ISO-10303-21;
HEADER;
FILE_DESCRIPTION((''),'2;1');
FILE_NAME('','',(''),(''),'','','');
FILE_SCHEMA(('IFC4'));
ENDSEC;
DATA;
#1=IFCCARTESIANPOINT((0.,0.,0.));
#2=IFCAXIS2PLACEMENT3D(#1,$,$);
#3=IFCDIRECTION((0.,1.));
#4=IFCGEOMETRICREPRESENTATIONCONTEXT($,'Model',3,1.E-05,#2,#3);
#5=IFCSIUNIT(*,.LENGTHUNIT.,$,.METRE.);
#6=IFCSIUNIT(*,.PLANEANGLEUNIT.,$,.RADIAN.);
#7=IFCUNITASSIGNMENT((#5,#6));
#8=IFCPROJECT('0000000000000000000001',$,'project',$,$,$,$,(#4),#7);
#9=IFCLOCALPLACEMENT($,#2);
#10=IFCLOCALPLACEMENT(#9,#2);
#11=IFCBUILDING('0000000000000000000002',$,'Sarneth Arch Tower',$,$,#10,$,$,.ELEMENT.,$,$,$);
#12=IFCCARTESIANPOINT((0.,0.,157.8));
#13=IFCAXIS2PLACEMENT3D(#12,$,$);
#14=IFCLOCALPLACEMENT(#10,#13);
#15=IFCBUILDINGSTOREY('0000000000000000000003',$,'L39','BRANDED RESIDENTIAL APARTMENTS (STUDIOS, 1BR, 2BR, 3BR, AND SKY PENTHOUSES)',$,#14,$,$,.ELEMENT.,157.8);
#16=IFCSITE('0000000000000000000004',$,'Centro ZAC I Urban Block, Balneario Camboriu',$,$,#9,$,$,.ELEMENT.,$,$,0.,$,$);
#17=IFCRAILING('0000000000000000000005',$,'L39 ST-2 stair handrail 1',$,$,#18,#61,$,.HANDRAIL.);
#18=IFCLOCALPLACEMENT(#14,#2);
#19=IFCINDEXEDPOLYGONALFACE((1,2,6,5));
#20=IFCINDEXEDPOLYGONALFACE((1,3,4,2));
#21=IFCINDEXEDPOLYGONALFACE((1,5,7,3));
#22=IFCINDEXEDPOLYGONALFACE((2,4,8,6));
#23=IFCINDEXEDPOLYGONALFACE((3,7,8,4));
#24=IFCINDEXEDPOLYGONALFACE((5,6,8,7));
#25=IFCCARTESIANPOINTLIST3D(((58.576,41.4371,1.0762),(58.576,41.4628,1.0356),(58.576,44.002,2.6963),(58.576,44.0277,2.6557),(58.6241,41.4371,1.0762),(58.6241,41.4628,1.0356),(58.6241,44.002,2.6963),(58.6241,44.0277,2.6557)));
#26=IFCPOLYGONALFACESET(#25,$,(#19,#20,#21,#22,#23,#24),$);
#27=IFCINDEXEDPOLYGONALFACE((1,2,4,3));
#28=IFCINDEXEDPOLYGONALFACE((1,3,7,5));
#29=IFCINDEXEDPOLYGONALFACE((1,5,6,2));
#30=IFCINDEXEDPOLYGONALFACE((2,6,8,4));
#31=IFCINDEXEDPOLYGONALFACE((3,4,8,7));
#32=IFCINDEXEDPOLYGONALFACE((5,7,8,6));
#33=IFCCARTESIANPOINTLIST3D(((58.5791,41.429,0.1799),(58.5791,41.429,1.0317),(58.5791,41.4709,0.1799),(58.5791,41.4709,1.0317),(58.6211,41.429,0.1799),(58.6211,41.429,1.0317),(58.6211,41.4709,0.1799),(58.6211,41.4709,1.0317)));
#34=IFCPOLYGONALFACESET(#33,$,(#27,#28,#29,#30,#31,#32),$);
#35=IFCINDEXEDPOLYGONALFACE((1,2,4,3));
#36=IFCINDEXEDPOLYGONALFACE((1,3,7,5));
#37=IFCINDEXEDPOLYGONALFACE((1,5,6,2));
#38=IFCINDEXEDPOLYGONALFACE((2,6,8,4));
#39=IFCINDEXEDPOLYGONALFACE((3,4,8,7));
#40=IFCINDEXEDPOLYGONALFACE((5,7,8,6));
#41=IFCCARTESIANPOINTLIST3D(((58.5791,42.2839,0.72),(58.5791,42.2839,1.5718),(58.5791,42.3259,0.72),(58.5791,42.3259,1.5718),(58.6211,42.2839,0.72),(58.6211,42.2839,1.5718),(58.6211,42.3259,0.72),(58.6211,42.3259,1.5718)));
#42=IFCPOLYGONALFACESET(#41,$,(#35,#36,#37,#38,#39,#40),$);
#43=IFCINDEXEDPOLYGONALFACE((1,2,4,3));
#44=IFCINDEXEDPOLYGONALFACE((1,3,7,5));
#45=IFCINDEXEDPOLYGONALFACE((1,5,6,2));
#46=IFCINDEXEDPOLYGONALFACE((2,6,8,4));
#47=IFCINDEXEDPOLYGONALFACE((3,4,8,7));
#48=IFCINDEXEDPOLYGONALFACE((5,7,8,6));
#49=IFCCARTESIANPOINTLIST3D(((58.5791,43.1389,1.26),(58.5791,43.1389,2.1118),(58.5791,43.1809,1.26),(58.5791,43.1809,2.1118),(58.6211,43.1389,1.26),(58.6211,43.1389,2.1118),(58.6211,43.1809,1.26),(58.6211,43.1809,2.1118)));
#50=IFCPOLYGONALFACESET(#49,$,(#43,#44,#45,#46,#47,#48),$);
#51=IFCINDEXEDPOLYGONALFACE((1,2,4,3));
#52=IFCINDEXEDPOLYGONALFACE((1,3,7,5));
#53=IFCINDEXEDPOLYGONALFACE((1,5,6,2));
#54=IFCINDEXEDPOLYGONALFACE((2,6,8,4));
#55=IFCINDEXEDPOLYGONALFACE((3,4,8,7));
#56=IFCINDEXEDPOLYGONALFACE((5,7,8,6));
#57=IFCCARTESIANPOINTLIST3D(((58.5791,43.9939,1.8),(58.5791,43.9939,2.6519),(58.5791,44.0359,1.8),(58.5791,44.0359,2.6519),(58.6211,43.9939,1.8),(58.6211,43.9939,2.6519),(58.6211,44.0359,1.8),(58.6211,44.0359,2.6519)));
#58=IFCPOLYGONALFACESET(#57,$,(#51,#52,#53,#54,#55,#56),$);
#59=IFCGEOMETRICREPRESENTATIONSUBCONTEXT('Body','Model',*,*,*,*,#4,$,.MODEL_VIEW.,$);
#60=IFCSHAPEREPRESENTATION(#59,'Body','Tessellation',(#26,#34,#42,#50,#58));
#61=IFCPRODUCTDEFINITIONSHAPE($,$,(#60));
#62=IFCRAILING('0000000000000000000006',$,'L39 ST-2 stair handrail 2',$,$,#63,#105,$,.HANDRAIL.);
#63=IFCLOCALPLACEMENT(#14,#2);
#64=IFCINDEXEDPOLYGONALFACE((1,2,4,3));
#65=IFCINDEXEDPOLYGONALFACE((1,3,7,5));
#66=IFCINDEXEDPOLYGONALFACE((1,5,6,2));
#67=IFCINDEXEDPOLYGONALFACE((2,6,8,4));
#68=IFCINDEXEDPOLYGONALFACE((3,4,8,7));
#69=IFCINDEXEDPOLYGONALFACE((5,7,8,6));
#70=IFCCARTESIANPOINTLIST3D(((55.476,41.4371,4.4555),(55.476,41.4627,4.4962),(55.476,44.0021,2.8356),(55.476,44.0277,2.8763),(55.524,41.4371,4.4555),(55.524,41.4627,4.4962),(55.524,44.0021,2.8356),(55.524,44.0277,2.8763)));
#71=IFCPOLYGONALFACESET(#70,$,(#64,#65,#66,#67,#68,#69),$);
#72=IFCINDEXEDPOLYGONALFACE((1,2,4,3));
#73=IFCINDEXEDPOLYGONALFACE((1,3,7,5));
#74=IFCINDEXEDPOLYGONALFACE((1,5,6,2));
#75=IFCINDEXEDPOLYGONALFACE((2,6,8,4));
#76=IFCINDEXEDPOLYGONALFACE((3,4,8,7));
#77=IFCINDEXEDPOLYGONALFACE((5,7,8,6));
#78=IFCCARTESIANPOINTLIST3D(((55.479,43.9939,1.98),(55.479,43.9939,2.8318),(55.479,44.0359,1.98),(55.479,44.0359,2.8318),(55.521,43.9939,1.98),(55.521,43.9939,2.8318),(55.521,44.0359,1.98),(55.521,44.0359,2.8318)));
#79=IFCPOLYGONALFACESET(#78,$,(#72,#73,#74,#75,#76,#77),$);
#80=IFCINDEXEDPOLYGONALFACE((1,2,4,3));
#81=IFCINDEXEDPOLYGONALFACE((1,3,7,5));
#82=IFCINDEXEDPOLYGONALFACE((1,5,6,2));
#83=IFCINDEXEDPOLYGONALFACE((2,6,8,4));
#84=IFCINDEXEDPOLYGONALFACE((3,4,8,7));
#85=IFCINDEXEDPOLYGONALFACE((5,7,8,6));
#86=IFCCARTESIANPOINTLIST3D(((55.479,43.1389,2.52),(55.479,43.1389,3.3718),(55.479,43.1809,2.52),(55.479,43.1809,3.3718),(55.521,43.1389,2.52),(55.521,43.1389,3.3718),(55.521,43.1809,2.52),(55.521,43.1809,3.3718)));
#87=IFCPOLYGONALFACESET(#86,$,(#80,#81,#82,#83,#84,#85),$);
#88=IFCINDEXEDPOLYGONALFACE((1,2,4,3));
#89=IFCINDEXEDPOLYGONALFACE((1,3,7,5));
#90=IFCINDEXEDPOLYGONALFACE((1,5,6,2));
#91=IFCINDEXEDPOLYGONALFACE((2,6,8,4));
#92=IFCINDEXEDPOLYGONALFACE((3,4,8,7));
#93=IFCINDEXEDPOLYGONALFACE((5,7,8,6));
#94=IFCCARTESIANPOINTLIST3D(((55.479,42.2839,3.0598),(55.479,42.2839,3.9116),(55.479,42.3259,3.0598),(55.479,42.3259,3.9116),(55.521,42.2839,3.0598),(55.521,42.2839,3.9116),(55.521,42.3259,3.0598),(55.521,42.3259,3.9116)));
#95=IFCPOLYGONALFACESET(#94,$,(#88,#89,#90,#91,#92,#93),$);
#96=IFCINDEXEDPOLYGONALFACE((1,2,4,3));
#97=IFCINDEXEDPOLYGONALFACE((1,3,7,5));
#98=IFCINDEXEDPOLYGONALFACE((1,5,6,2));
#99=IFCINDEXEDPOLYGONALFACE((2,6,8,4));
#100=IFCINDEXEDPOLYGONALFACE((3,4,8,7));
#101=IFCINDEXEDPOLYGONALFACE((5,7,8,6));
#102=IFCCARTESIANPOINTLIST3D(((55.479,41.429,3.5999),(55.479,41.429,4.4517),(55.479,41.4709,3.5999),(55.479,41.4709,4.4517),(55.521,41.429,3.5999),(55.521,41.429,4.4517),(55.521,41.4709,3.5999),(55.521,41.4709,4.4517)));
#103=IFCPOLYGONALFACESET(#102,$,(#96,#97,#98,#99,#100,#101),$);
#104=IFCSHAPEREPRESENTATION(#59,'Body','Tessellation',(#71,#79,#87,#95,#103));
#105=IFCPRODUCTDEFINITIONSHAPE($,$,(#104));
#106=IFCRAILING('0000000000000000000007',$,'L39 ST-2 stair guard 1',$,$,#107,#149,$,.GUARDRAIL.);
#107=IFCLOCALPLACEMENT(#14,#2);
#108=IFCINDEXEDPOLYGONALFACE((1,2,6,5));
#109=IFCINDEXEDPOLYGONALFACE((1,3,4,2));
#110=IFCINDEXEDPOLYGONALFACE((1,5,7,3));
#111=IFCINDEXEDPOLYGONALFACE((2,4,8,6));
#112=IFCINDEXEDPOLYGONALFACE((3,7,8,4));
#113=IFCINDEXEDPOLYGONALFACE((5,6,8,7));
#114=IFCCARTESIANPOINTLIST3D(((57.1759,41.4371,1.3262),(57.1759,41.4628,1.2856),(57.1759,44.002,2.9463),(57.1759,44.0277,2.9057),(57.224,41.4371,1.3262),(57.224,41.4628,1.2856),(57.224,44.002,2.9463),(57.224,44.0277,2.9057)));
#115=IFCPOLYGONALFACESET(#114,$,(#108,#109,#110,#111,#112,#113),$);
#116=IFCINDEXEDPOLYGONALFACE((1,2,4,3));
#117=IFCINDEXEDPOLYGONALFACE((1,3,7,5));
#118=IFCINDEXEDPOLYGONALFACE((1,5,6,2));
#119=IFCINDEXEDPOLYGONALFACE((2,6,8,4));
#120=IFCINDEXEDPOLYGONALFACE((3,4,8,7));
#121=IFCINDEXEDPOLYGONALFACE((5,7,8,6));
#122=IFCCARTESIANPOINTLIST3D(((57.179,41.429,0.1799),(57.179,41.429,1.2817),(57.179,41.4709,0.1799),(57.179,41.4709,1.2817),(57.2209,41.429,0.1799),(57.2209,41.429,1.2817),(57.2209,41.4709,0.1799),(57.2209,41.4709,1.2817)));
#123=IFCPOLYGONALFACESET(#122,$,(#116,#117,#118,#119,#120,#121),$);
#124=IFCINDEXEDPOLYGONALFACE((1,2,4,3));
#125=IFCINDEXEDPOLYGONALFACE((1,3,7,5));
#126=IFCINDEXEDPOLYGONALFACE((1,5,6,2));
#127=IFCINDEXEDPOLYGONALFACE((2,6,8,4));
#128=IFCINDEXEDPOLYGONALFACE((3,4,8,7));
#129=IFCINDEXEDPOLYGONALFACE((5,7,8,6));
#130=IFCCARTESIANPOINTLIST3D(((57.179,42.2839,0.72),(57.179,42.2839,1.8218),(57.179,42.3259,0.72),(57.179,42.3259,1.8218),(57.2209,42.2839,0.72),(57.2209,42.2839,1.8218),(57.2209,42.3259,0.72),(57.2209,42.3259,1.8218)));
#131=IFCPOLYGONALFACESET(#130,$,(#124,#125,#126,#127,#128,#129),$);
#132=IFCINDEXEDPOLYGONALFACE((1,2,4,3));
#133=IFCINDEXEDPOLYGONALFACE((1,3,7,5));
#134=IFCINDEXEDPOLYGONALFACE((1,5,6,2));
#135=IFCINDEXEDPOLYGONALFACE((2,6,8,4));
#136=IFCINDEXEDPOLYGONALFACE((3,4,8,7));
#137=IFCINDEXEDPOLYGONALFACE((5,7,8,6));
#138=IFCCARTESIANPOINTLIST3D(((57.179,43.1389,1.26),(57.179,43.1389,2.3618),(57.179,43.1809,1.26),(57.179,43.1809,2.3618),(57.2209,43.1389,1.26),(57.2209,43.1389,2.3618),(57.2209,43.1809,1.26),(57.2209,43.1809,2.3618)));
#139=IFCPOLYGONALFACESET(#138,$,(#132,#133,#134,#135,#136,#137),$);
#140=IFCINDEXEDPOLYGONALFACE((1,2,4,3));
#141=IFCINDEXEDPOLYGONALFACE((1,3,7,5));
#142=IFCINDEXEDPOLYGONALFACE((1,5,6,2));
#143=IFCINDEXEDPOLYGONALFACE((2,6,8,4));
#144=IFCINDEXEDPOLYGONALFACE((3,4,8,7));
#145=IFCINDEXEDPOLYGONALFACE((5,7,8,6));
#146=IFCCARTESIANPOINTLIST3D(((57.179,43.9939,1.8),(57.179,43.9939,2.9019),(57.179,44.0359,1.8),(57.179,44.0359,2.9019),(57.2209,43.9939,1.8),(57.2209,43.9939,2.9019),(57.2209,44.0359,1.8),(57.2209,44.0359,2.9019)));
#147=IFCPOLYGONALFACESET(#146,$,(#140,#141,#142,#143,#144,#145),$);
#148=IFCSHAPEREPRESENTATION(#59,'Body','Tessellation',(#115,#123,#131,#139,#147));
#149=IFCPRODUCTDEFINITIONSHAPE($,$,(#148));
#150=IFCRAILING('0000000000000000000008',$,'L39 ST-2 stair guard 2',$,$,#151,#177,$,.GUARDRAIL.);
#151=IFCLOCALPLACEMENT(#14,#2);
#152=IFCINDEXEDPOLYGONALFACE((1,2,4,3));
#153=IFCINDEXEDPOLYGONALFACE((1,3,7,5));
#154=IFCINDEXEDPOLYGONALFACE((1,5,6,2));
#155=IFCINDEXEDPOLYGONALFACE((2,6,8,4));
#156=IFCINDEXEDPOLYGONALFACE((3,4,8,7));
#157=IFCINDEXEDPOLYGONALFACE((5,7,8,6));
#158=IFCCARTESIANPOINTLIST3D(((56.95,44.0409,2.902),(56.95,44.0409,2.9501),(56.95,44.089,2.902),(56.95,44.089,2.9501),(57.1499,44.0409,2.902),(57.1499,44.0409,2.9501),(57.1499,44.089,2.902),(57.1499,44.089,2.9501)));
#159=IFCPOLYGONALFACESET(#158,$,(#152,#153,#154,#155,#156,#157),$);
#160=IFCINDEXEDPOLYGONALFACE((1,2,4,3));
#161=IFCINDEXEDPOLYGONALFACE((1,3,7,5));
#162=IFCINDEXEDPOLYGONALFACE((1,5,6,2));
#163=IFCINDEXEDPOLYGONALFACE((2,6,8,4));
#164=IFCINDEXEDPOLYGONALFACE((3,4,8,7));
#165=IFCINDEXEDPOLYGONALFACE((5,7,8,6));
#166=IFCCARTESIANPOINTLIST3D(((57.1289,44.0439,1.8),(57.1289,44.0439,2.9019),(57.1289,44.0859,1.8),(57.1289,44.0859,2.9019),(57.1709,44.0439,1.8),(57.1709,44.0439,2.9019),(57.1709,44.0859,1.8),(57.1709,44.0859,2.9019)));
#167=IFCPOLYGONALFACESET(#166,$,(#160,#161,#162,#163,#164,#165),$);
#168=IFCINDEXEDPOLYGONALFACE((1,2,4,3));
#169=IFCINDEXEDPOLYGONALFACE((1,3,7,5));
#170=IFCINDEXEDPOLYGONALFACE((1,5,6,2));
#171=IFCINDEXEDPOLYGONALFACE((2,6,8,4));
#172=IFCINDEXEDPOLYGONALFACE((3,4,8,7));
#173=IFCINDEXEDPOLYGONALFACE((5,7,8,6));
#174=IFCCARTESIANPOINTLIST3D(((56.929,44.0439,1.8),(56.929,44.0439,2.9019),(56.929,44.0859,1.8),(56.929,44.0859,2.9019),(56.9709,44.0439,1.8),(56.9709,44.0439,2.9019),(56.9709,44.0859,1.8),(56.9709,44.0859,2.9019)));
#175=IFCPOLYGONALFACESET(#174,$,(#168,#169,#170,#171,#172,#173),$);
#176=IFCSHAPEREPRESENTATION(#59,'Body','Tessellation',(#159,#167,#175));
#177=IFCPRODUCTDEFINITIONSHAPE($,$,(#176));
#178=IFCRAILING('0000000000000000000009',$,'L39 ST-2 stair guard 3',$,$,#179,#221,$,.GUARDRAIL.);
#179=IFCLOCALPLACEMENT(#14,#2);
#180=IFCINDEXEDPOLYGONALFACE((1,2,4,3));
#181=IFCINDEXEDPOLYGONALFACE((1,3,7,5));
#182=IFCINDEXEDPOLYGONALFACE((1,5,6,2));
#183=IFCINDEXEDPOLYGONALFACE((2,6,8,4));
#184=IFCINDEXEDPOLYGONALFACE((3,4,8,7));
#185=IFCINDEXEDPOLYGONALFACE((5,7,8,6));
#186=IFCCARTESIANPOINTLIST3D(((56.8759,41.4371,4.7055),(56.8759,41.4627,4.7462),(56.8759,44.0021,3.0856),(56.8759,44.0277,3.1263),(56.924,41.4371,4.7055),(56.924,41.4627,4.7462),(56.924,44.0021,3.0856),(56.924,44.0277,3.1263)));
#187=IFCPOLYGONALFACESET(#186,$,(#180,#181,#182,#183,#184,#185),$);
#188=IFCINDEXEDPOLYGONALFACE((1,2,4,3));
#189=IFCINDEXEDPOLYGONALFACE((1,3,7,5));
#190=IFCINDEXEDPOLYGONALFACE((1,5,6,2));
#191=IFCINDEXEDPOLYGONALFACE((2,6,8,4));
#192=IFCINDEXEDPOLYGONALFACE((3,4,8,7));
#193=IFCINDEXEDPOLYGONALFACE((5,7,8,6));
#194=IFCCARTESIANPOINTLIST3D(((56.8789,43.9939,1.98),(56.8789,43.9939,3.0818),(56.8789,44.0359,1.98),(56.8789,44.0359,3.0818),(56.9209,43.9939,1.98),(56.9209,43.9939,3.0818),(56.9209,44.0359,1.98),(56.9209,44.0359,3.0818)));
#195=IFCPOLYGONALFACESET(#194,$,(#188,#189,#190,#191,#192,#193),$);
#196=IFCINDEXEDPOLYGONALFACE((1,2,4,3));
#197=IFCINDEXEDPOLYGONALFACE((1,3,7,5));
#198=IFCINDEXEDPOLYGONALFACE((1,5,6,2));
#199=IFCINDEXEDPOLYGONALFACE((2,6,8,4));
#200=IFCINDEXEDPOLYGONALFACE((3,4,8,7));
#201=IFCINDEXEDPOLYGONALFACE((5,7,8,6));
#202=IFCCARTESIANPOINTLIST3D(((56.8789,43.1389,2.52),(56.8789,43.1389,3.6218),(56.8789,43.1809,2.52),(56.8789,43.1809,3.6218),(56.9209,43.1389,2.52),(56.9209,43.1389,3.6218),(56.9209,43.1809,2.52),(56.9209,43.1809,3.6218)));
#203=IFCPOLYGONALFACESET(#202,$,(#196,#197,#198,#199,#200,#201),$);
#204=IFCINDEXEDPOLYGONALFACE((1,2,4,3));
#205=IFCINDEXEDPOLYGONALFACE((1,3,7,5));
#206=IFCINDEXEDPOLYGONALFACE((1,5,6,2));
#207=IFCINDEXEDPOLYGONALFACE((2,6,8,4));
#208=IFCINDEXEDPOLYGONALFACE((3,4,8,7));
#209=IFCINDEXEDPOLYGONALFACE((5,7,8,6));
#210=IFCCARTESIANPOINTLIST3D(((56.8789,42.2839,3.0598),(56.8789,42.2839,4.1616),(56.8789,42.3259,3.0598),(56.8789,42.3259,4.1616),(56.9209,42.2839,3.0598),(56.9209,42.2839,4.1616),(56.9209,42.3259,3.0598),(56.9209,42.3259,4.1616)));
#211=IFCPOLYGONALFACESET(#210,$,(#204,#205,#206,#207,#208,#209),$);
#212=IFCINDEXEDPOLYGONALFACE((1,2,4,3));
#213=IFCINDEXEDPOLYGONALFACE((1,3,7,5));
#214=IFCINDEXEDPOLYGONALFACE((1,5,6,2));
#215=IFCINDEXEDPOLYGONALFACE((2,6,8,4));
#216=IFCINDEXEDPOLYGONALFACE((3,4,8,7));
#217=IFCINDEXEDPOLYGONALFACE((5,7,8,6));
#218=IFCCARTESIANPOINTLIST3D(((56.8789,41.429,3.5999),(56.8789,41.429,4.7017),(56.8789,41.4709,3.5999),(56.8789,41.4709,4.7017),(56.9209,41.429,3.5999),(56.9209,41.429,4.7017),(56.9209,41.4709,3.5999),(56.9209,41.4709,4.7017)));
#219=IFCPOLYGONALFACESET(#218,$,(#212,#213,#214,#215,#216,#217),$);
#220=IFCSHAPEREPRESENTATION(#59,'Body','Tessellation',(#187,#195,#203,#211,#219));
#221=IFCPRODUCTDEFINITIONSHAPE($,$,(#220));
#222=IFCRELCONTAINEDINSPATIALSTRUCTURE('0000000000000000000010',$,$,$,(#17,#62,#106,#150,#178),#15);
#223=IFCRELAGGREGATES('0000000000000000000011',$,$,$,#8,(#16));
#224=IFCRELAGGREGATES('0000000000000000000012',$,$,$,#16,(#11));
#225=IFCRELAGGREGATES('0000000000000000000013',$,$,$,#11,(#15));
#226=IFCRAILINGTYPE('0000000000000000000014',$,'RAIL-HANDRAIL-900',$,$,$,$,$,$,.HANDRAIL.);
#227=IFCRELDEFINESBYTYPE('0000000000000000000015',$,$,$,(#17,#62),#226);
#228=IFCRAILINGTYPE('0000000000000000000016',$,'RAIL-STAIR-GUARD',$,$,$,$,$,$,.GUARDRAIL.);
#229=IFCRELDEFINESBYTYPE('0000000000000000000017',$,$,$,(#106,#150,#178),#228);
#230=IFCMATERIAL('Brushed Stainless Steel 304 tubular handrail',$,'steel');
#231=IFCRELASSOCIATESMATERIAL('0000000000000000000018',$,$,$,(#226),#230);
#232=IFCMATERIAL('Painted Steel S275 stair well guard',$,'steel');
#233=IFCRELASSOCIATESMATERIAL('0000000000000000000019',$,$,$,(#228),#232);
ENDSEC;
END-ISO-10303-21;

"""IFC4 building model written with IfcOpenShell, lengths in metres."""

from ifc_helpers import new_model, si_unit, direction, frame, origin, origin_2d, place, context, subcontext, project, spatial, rectangle, extrude, material, type_object, element, save


model = new_model("IFC4")

# Units and contexts
model_context = context("Model", 3, precision=1e-05, world=origin(), true_north=direction((0.0, 1.0)))
body_context = subcontext(model_context, "Body", "Model", "MODEL_VIEW")
ifc_project = project(units=[si_unit("LENGTHUNIT", "METRE"), si_unit("PLANEANGLEUNIT", "RADIAN")], contexts=[model_context])

# Site, building, storey
site_placement = place(None, origin())
site = spatial("IfcSite", under=ifc_project, at=site_placement, Name="Centro ZAC I Urban Block, Balneario Camboriu", CompositionType="ELEMENT", RefElevation=0.0)
building_placement = place(site_placement, origin())
building = spatial("IfcBuilding", under=site, at=building_placement, Name="Sarneth Arch Tower", CompositionType="ELEMENT")
storey_placement = place(building_placement, frame((0.0, 0.0, 157.8)))
storey = spatial("IfcBuildingStorey", under=building, at=storey_placement, Name="L39", Description="BRANDED RESIDENTIAL APARTMENTS (STUDIOS, 1BR, 2BR, 3BR, AND SKY PENTHOUSES)", CompositionType="ELEMENT", Elevation=157.8)

# Railings
ifc_material_1 = material(Name="Brushed Stainless Steel 304 tubular handrail", Category="steel")
railing_type_1 = type_object("IfcRailingType", Name="RAIL-HANDRAIL-900", PredefinedType="HANDRAIL", material=ifc_material_1)
railing_1_placement = place(storey_placement, frame((58.6001, 41.45, 0.1799)))
element("IfcRailing", 1, at=railing_1_placement, inside=storey, type_object=railing_type_1, Name="L39 ST-2 stair handrail 1", PredefinedType="HANDRAIL", context=body_context, shape_type="SweptSolid", body=[
    extrude(rectangle(XDim=0.0481, YDim=0.0481, at=origin_2d()), frame((0.0, 0.0, 0.876), z_axis=(0.0, 0.845466, 0.534029), x_axis=(-1.0, 0.0, 0.0)), (0.0, 0.0, 1.0), 3.0337),
    extrude(rectangle(XDim=0.042, YDim=0.042, at=origin_2d()), origin(), (0.0, 0.0, 1.0), 0.8518),
    extrude(rectangle(XDim=0.042, YDim=0.042, at=origin_2d()), frame((0.0, 0.855, 0.54)), (0.0, 0.0, 1.0), 0.8518),
    extrude(rectangle(XDim=0.042, YDim=0.042, at=origin_2d()), frame((0.0, 1.71, 1.0801)), (0.0, 0.0, 1.0), 0.8518),
    extrude(rectangle(XDim=0.042, YDim=0.042, at=origin_2d()), frame((0.0, 2.5649, 1.6201)), (0.0, 0.0, 1.0), 0.8518),
])
railing_2_placement = place(storey_placement, frame((55.5, 44.0149, 1.98)))
element("IfcRailing", 2, at=railing_2_placement, inside=storey, type_object=railing_type_1, Name="L39 ST-2 stair handrail 2", PredefinedType="HANDRAIL", context=body_context, shape_type="SweptSolid", body=[
    extrude(rectangle(XDim=0.0481, YDim=0.0481, at=origin_2d()), frame((0.0, 0.0, 0.876), z_axis=(0.0, -0.845502, 0.533972), x_axis=(1.0, 0.0, 0.0)), (0.0, 0.0, 1.0), 3.0337),
    extrude(rectangle(XDim=0.042, YDim=0.042, at=origin_2d()), origin(), (0.0, 0.0, 1.0), 0.8518),
    extrude(rectangle(XDim=0.042, YDim=0.042, at=origin_2d()), frame((0.0, -0.855, 0.54)), (0.0, 0.0, 1.0), 0.8518),
    extrude(rectangle(XDim=0.042, YDim=0.042, at=origin_2d()), frame((0.0, -1.71, 1.0798)), (0.0, 0.0, 1.0), 0.8518),
    extrude(rectangle(XDim=0.042, YDim=0.042, at=origin_2d()), frame((0.0, -2.5649, 1.6199)), (0.0, 0.0, 1.0), 0.8518),
])
ifc_material_2 = material(Name="Painted Steel S275 stair well guard", Category="steel")
railing_type_2 = type_object("IfcRailingType", Name="RAIL-STAIR-GUARD", PredefinedType="GUARDRAIL", material=ifc_material_2)
railing_3_placement = place(storey_placement, frame((57.2, 41.45, 0.1799)))
element("IfcRailing", 3, at=railing_3_placement, inside=storey, type_object=railing_type_2, Name="L39 ST-2 stair guard 1", PredefinedType="GUARDRAIL", context=body_context, shape_type="SweptSolid", body=[
    extrude(rectangle(XDim=0.0481, YDim=0.0481, at=origin_2d()), frame((0.0, 0.0, 1.126), z_axis=(0.0, 0.845466, 0.534029), x_axis=(-1.0, 0.0, 0.0)), (0.0, 0.0, 1.0), 3.0337),
    extrude(rectangle(XDim=0.042, YDim=0.042, at=origin_2d()), origin(), (0.0, 0.0, 1.0), 1.1018),
    extrude(rectangle(XDim=0.042, YDim=0.042, at=origin_2d()), frame((0.0, 0.855, 0.54)), (0.0, 0.0, 1.0), 1.1018),
    extrude(rectangle(XDim=0.042, YDim=0.042, at=origin_2d()), frame((0.0, 1.71, 1.0801)), (0.0, 0.0, 1.0), 1.1018),
    extrude(rectangle(XDim=0.042, YDim=0.042, at=origin_2d()), frame((0.0, 2.5649, 1.6201)), (0.0, 0.0, 1.0), 1.1018),
])
railing_4_placement = place(storey_placement, frame((57.1499, 44.0649, 1.8)))
element("IfcRailing", 4, at=railing_4_placement, inside=storey, type_object=railing_type_2, Name="L39 ST-2 stair guard 2", PredefinedType="GUARDRAIL", context=body_context, shape_type="SweptSolid", body=[
    extrude(rectangle(XDim=0.0481, YDim=0.0481, at=origin_2d()), frame((0.0, 0.0, 1.126), z_axis=(-1.0, 0.0, 0.0), x_axis=(0.0, -1.0, 0.0)), (0.0, 0.0, 1.0), 0.2),
    extrude(rectangle(XDim=0.042, YDim=0.042, at=origin_2d()), origin(), (0.0, 0.0, 1.0), 1.1018),
    extrude(rectangle(XDim=0.042, YDim=0.042, at=origin_2d()), frame((-0.2, 0.0, 0.0)), (0.0, 0.0, 1.0), 1.1018),
])
railing_5_placement = place(storey_placement, frame((56.8999, 44.0149, 1.98)))
element("IfcRailing", 5, at=railing_5_placement, inside=storey, type_object=railing_type_2, Name="L39 ST-2 stair guard 3", PredefinedType="GUARDRAIL", context=body_context, shape_type="SweptSolid", body=[
    extrude(rectangle(XDim=0.0481, YDim=0.0481, at=origin_2d()), frame((0.0, 0.0, 1.126), z_axis=(0.0, -0.845502, 0.533972), x_axis=(1.0, 0.0, 0.0)), (0.0, 0.0, 1.0), 3.0337),
    extrude(rectangle(XDim=0.042, YDim=0.042, at=origin_2d()), origin(), (0.0, 0.0, 1.0), 1.1018),
    extrude(rectangle(XDim=0.042, YDim=0.042, at=origin_2d()), frame((0.0, -0.855, 0.54)), (0.0, 0.0, 1.0), 1.1018),
    extrude(rectangle(XDim=0.042, YDim=0.042, at=origin_2d()), frame((0.0, -1.71, 1.0798)), (0.0, 0.0, 1.0), 1.1018),
    extrude(rectangle(XDim=0.042, YDim=0.042, at=origin_2d()), frame((0.0, -2.5649, 1.6199)), (0.0, 0.0, 1.0), 1.1018),
])

save(model, "model.ifc")
